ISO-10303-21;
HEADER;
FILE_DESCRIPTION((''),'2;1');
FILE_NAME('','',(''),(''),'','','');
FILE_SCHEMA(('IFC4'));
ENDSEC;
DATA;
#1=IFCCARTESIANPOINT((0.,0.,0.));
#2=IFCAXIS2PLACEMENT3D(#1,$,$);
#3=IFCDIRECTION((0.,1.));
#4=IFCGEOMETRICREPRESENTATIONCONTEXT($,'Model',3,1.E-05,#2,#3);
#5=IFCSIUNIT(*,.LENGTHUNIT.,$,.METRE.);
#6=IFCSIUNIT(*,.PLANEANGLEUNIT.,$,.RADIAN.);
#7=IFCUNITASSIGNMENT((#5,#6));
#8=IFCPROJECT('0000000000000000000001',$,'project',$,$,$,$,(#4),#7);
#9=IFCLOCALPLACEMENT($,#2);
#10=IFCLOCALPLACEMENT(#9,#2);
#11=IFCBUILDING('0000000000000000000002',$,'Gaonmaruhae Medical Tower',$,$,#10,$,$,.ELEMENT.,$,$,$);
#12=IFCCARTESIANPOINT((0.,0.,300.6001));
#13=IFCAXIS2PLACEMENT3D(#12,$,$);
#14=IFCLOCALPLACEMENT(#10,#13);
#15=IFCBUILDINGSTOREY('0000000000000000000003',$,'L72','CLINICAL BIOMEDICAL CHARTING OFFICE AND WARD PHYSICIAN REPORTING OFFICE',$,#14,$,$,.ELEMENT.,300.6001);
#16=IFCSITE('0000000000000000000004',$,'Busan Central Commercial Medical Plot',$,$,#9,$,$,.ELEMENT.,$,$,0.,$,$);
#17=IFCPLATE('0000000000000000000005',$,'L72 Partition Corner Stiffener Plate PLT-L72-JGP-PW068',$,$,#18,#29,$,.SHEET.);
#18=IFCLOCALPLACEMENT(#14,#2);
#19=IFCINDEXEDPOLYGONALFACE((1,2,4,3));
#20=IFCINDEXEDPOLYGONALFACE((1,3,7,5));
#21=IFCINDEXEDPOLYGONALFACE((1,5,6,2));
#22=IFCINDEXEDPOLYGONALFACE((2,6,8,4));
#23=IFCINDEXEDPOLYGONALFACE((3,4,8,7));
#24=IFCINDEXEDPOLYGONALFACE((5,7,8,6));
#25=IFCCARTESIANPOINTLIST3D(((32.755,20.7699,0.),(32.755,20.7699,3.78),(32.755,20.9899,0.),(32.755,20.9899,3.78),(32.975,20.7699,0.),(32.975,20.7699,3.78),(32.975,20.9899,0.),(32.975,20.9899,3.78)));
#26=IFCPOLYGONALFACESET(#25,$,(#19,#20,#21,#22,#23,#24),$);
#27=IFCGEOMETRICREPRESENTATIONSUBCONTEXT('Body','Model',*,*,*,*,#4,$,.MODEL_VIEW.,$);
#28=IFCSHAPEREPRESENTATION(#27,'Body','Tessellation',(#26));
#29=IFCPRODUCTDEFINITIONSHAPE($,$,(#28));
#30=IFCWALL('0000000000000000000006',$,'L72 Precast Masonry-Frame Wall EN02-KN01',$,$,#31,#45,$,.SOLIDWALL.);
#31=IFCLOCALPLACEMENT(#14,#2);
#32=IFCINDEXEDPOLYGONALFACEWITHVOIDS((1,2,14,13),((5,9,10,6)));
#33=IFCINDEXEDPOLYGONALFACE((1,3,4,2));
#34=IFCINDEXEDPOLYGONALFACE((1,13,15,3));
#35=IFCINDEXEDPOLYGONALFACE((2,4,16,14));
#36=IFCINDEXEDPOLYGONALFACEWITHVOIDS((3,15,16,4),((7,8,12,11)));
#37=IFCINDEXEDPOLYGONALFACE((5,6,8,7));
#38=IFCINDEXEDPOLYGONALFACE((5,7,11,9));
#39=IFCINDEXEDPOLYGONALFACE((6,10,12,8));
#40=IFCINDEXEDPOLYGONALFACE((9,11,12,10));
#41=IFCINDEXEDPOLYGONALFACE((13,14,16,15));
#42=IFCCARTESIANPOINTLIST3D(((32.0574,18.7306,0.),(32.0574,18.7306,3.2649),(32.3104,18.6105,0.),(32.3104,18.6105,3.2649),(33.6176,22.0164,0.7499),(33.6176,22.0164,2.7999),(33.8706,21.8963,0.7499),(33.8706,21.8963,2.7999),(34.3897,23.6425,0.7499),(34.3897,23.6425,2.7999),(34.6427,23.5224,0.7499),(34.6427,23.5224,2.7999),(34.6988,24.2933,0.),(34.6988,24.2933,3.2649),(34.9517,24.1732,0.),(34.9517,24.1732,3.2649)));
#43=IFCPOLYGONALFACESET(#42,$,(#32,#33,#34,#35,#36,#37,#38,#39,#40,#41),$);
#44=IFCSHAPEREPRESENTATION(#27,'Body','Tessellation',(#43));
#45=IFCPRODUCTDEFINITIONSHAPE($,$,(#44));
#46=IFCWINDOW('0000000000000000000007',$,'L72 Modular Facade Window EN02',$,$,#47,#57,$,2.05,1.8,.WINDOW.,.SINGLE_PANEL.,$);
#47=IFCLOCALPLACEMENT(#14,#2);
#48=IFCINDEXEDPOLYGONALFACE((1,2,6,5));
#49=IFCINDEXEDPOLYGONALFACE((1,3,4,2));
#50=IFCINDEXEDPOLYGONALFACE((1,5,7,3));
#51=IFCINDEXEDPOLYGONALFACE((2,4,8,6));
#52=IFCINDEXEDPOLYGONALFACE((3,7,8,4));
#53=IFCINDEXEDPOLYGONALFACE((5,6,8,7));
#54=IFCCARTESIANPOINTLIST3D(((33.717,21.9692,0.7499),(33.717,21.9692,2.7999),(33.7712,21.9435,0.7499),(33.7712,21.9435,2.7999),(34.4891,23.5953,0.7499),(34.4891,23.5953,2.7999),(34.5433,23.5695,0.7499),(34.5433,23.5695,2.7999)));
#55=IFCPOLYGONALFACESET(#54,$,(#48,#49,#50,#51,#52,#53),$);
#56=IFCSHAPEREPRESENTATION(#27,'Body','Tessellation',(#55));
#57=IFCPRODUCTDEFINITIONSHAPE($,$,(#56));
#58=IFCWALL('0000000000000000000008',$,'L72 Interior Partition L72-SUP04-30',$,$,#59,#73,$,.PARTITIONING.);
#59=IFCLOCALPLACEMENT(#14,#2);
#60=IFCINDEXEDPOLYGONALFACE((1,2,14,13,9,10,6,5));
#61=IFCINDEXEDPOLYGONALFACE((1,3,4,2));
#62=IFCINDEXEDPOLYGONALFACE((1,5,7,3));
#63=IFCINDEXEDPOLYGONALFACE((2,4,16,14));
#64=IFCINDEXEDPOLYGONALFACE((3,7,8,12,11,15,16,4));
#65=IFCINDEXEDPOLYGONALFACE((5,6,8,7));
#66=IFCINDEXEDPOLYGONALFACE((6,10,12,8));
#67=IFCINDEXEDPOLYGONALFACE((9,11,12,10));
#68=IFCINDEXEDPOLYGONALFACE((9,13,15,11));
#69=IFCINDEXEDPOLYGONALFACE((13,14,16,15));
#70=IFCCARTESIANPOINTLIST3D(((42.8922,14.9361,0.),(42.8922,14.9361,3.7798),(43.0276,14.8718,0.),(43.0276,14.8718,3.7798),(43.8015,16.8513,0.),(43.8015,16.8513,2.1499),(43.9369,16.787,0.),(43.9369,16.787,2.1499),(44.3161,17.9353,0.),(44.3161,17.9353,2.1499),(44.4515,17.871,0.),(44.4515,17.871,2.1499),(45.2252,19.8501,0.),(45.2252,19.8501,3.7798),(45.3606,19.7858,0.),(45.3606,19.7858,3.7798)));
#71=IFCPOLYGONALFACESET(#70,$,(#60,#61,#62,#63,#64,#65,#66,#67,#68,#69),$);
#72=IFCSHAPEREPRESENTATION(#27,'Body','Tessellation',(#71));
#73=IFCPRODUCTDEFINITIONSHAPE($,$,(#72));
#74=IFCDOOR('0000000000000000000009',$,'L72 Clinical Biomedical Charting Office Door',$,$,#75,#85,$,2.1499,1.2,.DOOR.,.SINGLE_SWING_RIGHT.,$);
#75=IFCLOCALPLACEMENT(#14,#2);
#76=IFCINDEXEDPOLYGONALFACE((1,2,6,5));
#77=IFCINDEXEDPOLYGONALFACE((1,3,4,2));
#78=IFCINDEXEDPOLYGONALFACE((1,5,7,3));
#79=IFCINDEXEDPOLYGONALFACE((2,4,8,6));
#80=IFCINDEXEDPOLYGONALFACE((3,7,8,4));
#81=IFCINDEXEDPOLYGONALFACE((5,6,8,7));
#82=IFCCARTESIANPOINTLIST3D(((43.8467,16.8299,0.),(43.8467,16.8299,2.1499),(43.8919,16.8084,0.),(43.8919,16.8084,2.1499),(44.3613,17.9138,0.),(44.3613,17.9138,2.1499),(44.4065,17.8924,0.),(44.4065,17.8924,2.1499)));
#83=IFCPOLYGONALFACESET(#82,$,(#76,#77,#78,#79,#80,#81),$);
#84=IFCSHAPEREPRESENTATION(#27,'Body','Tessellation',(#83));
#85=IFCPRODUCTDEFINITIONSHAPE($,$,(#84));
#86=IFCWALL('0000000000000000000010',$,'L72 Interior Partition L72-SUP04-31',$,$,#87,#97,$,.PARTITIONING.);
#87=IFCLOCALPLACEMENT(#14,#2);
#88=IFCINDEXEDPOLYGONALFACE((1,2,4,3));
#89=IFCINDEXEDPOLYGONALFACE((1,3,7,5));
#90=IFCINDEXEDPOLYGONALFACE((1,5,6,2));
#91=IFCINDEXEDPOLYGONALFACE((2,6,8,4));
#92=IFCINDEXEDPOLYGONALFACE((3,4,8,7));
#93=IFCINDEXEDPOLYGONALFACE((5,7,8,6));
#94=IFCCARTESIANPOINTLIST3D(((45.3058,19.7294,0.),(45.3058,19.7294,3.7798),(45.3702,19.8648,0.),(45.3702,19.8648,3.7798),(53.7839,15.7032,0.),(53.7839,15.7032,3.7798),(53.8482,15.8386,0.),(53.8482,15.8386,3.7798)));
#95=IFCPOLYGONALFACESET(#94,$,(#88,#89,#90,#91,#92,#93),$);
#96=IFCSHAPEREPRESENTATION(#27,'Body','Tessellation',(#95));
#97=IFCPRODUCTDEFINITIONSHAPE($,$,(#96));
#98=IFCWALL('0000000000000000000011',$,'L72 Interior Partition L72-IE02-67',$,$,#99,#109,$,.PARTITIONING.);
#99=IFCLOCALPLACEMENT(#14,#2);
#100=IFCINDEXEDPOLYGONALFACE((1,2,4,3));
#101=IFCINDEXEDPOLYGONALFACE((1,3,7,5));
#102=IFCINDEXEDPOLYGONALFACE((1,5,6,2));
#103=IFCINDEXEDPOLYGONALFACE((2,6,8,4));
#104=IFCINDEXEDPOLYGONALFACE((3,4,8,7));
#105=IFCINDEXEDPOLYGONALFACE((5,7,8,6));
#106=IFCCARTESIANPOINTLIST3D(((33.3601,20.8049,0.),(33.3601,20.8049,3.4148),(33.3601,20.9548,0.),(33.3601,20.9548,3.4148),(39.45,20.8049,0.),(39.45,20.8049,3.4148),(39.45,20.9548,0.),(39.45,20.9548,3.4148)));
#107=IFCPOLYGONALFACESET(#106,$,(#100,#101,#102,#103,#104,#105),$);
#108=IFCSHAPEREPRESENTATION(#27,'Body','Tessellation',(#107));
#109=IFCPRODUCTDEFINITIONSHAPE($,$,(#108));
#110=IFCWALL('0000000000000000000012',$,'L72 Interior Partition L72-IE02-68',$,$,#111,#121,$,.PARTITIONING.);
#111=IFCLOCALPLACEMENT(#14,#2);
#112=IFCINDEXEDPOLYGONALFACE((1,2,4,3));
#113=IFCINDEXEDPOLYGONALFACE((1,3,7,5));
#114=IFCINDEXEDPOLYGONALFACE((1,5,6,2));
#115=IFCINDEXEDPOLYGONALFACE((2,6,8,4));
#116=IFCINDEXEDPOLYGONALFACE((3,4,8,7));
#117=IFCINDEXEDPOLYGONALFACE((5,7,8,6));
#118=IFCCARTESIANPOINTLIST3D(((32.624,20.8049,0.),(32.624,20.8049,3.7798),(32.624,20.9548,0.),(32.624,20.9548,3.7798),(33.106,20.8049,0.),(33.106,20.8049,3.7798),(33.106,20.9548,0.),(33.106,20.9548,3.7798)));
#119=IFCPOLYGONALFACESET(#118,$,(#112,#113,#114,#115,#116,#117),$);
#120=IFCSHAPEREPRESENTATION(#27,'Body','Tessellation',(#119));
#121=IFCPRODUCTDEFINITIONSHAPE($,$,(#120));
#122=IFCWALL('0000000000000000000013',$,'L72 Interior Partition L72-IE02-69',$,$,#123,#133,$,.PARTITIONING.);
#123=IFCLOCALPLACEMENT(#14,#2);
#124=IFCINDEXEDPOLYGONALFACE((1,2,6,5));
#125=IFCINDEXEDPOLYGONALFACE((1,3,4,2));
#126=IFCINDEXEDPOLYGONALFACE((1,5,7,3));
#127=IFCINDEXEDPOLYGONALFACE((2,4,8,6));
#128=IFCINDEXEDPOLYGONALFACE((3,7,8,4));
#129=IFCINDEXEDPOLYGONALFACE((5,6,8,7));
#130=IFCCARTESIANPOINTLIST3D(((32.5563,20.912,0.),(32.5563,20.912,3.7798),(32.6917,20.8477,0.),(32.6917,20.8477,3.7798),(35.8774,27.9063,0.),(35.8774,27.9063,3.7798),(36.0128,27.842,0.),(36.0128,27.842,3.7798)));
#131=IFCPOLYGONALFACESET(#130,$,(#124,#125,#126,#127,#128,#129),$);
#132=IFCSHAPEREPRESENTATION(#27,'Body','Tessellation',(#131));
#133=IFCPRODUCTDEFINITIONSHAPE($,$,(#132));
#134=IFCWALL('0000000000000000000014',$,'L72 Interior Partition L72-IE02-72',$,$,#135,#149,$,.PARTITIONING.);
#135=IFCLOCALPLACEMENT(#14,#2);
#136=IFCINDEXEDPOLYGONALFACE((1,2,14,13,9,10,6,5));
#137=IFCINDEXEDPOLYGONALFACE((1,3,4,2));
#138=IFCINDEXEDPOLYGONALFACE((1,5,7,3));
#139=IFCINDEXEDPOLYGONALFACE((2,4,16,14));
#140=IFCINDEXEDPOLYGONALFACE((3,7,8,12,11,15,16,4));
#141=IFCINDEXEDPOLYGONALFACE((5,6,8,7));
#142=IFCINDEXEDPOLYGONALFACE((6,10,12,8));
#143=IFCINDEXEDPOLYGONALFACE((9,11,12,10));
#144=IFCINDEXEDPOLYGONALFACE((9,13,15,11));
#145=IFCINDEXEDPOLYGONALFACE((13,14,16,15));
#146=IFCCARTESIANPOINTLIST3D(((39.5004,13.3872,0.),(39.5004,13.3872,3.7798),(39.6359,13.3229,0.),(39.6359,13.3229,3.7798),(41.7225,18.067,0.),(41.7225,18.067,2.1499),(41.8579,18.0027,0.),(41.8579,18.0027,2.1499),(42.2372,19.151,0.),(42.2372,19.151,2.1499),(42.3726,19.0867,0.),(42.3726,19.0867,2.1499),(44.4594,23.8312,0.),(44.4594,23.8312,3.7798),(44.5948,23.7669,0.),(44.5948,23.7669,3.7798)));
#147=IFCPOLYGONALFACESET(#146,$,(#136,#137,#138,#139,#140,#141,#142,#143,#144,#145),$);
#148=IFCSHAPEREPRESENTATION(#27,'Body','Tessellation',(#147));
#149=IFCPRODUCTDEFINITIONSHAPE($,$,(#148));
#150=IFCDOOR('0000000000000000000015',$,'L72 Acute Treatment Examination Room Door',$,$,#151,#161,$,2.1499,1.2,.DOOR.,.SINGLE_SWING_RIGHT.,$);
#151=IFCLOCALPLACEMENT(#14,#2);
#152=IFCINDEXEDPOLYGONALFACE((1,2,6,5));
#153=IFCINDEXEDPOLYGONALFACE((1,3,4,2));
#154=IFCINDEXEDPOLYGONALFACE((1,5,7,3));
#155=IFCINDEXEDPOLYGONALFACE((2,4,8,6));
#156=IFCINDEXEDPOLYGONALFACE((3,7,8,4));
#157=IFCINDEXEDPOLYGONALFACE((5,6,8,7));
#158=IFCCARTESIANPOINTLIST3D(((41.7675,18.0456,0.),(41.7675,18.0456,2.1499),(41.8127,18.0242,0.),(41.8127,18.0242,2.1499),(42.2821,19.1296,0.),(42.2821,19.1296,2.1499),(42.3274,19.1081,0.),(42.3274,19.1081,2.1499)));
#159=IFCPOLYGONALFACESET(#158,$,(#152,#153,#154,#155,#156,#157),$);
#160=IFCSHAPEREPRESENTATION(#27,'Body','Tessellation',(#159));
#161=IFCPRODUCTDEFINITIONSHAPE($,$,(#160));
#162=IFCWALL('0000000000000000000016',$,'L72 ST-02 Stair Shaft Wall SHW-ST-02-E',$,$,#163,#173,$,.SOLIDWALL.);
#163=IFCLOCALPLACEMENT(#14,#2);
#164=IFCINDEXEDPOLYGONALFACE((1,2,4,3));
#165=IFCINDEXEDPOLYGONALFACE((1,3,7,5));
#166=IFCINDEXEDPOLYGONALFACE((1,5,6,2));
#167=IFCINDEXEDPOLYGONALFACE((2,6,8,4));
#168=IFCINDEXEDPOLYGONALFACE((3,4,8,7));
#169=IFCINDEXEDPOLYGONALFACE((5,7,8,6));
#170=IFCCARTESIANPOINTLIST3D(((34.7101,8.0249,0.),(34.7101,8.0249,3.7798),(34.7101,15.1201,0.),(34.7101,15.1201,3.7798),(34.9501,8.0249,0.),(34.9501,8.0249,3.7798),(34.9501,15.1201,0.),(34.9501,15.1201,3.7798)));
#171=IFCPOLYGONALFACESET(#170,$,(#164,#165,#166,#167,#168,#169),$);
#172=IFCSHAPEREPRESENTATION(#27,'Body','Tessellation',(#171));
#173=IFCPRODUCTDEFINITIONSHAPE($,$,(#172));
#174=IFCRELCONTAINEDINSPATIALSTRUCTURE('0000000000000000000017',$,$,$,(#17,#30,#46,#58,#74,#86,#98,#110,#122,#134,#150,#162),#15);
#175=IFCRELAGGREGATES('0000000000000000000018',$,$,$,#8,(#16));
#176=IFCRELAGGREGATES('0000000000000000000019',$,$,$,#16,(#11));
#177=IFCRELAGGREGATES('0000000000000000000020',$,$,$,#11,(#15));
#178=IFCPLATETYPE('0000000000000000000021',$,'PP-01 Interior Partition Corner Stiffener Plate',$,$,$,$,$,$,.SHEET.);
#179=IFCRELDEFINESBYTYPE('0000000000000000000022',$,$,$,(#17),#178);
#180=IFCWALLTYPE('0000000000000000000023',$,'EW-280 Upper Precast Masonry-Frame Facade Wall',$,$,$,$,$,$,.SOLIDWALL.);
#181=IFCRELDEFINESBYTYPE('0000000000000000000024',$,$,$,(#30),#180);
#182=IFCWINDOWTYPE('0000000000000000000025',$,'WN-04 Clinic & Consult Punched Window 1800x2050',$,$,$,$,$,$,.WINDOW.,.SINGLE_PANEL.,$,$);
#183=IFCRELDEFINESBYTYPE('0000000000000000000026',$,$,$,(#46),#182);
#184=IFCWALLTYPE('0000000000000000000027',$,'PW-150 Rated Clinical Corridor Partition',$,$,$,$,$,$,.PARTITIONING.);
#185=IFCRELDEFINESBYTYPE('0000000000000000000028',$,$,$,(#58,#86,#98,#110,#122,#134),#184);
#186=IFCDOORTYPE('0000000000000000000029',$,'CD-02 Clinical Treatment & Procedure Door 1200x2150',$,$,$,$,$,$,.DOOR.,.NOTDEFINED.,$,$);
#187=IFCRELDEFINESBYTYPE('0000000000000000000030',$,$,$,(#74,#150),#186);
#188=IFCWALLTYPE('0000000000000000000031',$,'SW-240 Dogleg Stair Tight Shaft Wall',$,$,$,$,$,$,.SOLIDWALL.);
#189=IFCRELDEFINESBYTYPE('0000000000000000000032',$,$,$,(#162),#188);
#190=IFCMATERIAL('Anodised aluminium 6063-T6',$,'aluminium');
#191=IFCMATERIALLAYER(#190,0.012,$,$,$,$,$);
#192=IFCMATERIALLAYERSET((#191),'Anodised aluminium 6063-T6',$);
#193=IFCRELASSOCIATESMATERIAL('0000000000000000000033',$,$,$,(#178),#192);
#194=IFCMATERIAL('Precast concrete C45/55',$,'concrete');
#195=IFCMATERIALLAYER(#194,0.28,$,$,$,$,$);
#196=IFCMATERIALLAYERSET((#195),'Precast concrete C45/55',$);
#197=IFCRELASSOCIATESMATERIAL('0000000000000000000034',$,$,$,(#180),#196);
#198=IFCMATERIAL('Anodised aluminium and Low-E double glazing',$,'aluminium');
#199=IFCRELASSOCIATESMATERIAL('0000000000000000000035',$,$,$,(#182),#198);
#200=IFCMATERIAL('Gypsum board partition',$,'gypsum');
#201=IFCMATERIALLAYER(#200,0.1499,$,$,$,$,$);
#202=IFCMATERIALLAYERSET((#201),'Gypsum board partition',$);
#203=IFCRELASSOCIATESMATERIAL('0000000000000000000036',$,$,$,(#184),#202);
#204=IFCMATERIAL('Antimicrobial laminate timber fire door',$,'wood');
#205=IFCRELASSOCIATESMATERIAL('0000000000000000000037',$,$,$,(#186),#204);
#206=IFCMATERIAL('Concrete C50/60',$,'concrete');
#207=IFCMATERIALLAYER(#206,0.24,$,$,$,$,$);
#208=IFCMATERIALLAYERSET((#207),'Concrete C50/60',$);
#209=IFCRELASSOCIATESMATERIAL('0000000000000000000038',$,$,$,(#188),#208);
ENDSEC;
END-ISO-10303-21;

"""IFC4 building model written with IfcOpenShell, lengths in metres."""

from ifc_helpers import new_model, si_unit, direction, frame, frame_2d, origin, origin_2d, place, context, subcontext, project, spatial, rectangle, extrude, material, layer, layer_set, type_object, element, fill, save


model = new_model("IFC4")

# Units and contexts
model_context = context("Model", 3, precision=1e-05, world=origin(), true_north=direction((0.0, 1.0)))
body_context = subcontext(model_context, "Body", "Model", "MODEL_VIEW")
ifc_project = project(units=[si_unit("LENGTHUNIT", "METRE"), si_unit("PLANEANGLEUNIT", "RADIAN")], contexts=[model_context])

# Site, building, storey
site_placement = place(None, origin())
site = spatial("IfcSite", under=ifc_project, at=site_placement, Name="Busan Central Commercial Medical Plot", CompositionType="ELEMENT", RefElevation=0.0)
building_placement = place(site_placement, origin())
building = spatial("IfcBuilding", under=site, at=building_placement, Name="Gaonmaruhae Medical Tower", CompositionType="ELEMENT")
storey_placement = place(building_placement, frame((0.0, 0.0, 300.6001)))
storey = spatial("IfcBuildingStorey", under=building, at=storey_placement, Name="L72", Description="CLINICAL BIOMEDICAL CHARTING OFFICE AND WARD PHYSICIAN REPORTING OFFICE", CompositionType="ELEMENT", Elevation=300.6001)

# Shared definitions
ifc_material_1 = material(Name="Concrete C50/60", Category="concrete")

# Plate
ifc_material_2 = material(Name="Anodised aluminium 6063-T6", Category="aluminium")
ifc_layer_1 = layer(ifc_material_2, 0.012)
ifc_layer_set_1 = layer_set([ifc_layer_1], Name="Anodised aluminium 6063-T6")
plate_type = type_object("IfcPlateType", Name="PP-01 Interior Partition Corner Stiffener Plate", PredefinedType="SHEET", material=ifc_layer_set_1)
plate_placement = place(storey_placement, frame((32.865, 20.8799, 0.0), z_axis=(0.0, 0.0, 1.0), x_axis=(-1.0, 0.0, 0.0)))
element("IfcPlate", 1, at=plate_placement, inside=storey, type_object=plate_type, Name="L72 Partition Corner Stiffener Plate PLT-L72-JGP-PW068", PredefinedType="SHEET", context=body_context, shape_type="SweptSolid", body=[
    extrude(rectangle(XDim=0.22, YDim=0.22, at=origin_2d()), origin(), (0.0, 0.0, 1.0), 3.78),
])

# Wall, opening, window
ifc_material_3 = material(Name="Precast concrete C45/55", Category="concrete")
ifc_layer_2 = layer(ifc_material_3, 0.28)
ifc_layer_set_2 = layer_set([ifc_layer_2], Name="Precast concrete C45/55")
wall_type_1 = type_object("IfcWallType", Name="EW-280 Upper Precast Masonry-Frame Facade Wall", PredefinedType="SOLIDWALL", material=ifc_layer_set_2)
wall_1_placement = place(storey_placement, frame((32.1838, 18.6704, 0.0), z_axis=(0.0, 0.0, 1.0), x_axis=(0.428931, 0.903337, 0.0)))
wall_1 = element("IfcWall", 2, at=wall_1_placement, inside=storey, type_object=wall_type_1, Name="L72 Precast Masonry-Frame Wall EN02-KN01", PredefinedType="SOLIDWALL", context=body_context, shape_type="SweptSolid", body=[
    extrude(rectangle(XDim=6.158, YDim=0.28, at=frame_2d((3.0791, 0.0))), origin(), (0.0, 0.0, 1.0), 3.2649),
])
opening_1_placement = place(wall_1_placement, frame((3.6377, 0.0, 0.75)))
opening_1 = element("IfcOpeningElement", 3, at=opening_1_placement, cuts=wall_1, PredefinedType="OPENING", context=body_context, shape_type="SweptSolid", body=[
    extrude(rectangle(XDim=1.8, YDim=2.05, at=frame_2d((0.8999, 1.0249))), frame((0.0, 0.1499, 0.0), z_axis=(0.0, -1.0, 0.0), x_axis=(1.0, 0.0, 0.0)), (0.0, 0.0, 1.0), 0.3),
])
ifc_material_4 = material(Name="Anodised aluminium and Low-E double glazing", Category="aluminium")
window_type = type_object("IfcWindowType", Name="WN-04 Clinic & Consult Punched Window 1800x2050", PartitioningType="SINGLE_PANEL", PredefinedType="WINDOW", material=ifc_material_4)
window_placement = place(opening_1_placement, origin())
window = element("IfcWindow", 4, at=window_placement, inside=storey, type_object=window_type, Name="L72 Modular Facade Window EN02", OverallHeight=2.05, OverallWidth=1.8, PartitioningType="SINGLE_PANEL", PredefinedType="WINDOW", context=body_context, shape_type="SweptSolid", body=[
    extrude(rectangle(XDim=1.8, YDim=2.05, at=frame_2d((0.8999, 1.0249))), frame((0.0, 0.03, 0.0), z_axis=(0.0, -1.0, 0.0), x_axis=(1.0, 0.0, 0.0)), (0.0, 0.0, 1.0), 0.0601),
])
fill(opening_1, window)

# Wall, opening, door
ifc_material_5 = material(Name="Gypsum board partition", Category="gypsum")
ifc_layer_3 = layer(ifc_material_5, 0.1499)
ifc_layer_set_3 = layer_set([ifc_layer_3], Name="Gypsum board partition")
wall_type_2 = type_object("IfcWallType", Name="PW-150 Rated Clinical Corridor Partition", PredefinedType="PARTITIONING", material=ifc_layer_set_3)
wall_2_placement = place(storey_placement, frame((42.96, 14.9041, 0.0), z_axis=(0.0, 0.0, 1.0), x_axis=(0.428881, 0.903361, 0.0)))
wall_2 = element("IfcWall", 5, at=wall_2_placement, inside=storey, type_object=wall_type_2, Name="L72 Interior Partition L72-SUP04-30", PredefinedType="PARTITIONING", context=body_context, shape_type="SweptSolid", body=[
    extrude(rectangle(XDim=5.4397, YDim=0.1499, at=frame_2d((2.7197, 0.0))), origin(), (0.0, 0.0, 1.0), 3.7798),
])
opening_2_placement = place(wall_2_placement, frame((2.1199, 0.0, 0.0)))
opening_2 = element("IfcOpeningElement", 6, at=opening_2_placement, cuts=wall_2, PredefinedType="OPENING", context=body_context, shape_type="SweptSolid", body=[
    extrude(rectangle(XDim=1.2, YDim=2.1499, at=frame_2d((0.6001, 1.075))), frame((0.0, 0.085, 0.0), z_axis=(0.0, -1.0, 0.0), x_axis=(1.0, 0.0, 0.0)), (0.0, 0.0, 1.0), 0.1699),
])
ifc_material_6 = material(Name="Antimicrobial laminate timber fire door", Category="wood")
door_type = type_object("IfcDoorType", Name="CD-02 Clinical Treatment & Procedure Door 1200x2150", OperationType="NOTDEFINED", PredefinedType="DOOR", material=ifc_material_6)
door_1_placement = place(opening_2_placement, origin())
door_1 = element("IfcDoor", 7, at=door_1_placement, inside=storey, type_object=door_type, Name="L72 Clinical Biomedical Charting Office Door", OperationType="SINGLE_SWING_RIGHT", OverallHeight=2.1499, OverallWidth=1.2, PredefinedType="DOOR", context=body_context, shape_type="SweptSolid", body=[
    extrude(rectangle(XDim=1.2, YDim=2.1499, at=frame_2d((0.6001, 1.075))), frame((0.0, 0.0249, 0.0), z_axis=(0.0, -1.0, 0.0), x_axis=(1.0, 0.0, 0.0)), (0.0, 0.0, 1.0), 0.05),
])
fill(opening_2, door_1)

# Walls
wall_3_placement = place(storey_placement, frame((45.3379, 19.7971, 0.0), z_axis=(0.0, 0.0, 1.0), x_axis=(0.903316, -0.428975, 0.0)))
element("IfcWall", 8, at=wall_3_placement, inside=storey, type_object=wall_type_2, Name="L72 Interior Partition L72-SUP04-31", PredefinedType="PARTITIONING", context=body_context, shape_type="SweptSolid", body=[
    extrude(rectangle(XDim=9.3855, YDim=0.1499, at=frame_2d((4.6929, 0.0))), origin(), (0.0, 0.0, 1.0), 3.7798),
])
wall_4_placement = place(storey_placement, frame((39.45, 20.8799, 0.0), z_axis=(0.0, 0.0, 1.0), x_axis=(-1.0, 0.0, 0.0)))
element("IfcWall", 9, at=wall_4_placement, inside=storey, type_object=wall_type_2, Name="L72 Interior Partition L72-IE02-67", PredefinedType="PARTITIONING", context=body_context, shape_type="SweptSolid", body=[
    extrude(rectangle(XDim=6.0898, YDim=0.1499, at=frame_2d((3.0449, 0.0))), origin(), (0.0, 0.0, 1.0), 3.4148),
])
wall_5_placement = place(storey_placement, frame((33.106, 20.8799, 0.0), z_axis=(0.0, 0.0, 1.0), x_axis=(-1.0, 0.0, 0.0)))
element("IfcWall", 10, at=wall_5_placement, inside=storey, type_object=wall_type_2, Name="L72 Interior Partition L72-IE02-68", PredefinedType="PARTITIONING", context=body_context, shape_type="SweptSolid", body=[
    extrude(rectangle(XDim=0.4819, YDim=0.1499, at=frame_2d((0.241, 0.0))), origin(), (0.0, 0.0, 1.0), 3.7798),
])
wall_6_placement = place(storey_placement, frame((32.624, 20.8799, 0.0), z_axis=(0.0, 0.0, 1.0), x_axis=(0.428933, 0.903336, 0.0)))
element("IfcWall", 11, at=wall_6_placement, inside=storey, type_object=wall_type_2, Name="L72 Interior Partition L72-IE02-69", PredefinedType="PARTITIONING", context=body_context, shape_type="SweptSolid", body=[
    extrude(rectangle(XDim=7.7427, YDim=0.1499, at=frame_2d((3.8713, 0.0))), origin(), (0.0, 0.0, 1.0), 3.7798),
])

# Wall, opening, door
wall_7_placement = place(storey_placement, frame((44.5271, 23.7991, 0.0), z_axis=(0.0, 0.0, 1.0), x_axis=(-0.428919, -0.903343, 0.0)))
wall_7 = element("IfcWall", 12, at=wall_7_placement, inside=storey, type_object=wall_type_2, Name="L72 Interior Partition L72-IE02-72", PredefinedType="PARTITIONING", context=body_context, shape_type="SweptSolid", body=[
    extrude(rectangle(XDim=11.5615, YDim=0.1499, at=frame_2d((5.7808, 0.0))), origin(), (0.0, 0.0, 1.0), 3.7798),
])
opening_3_placement = place(wall_7_placement, frame((5.1809, 0.0, 0.0)))
opening_3 = element("IfcOpeningElement", 13, at=opening_3_placement, cuts=wall_7, PredefinedType="OPENING", context=body_context, shape_type="SweptSolid", body=[
    extrude(rectangle(XDim=1.2, YDim=2.1499, at=frame_2d((0.6001, 1.075))), frame((0.0, 0.085, 0.0), z_axis=(0.0, -1.0, 0.0), x_axis=(1.0, 0.0, 0.0)), (0.0, 0.0, 1.0), 0.1699),
])
door_2_placement = place(opening_3_placement, origin())
door_2 = element("IfcDoor", 14, at=door_2_placement, inside=storey, type_object=door_type, Name="L72 Acute Treatment Examination Room Door", OperationType="SINGLE_SWING_RIGHT", OverallHeight=2.1499, OverallWidth=1.2, PredefinedType="DOOR", context=body_context, shape_type="SweptSolid", body=[
    extrude(rectangle(XDim=1.2, YDim=2.1499, at=frame_2d((0.6001, 1.075))), frame((0.0, 0.0249, 0.0), z_axis=(0.0, -1.0, 0.0), x_axis=(1.0, 0.0, 0.0)), (0.0, 0.0, 1.0), 0.05),
])
fill(opening_3, door_2)

# Wall
ifc_layer_4 = layer(ifc_material_1, 0.24)
ifc_layer_set_4 = layer_set([ifc_layer_4], Name="Concrete C50/60")
wall_type_3 = type_object("IfcWallType", Name="SW-240 Dogleg Stair Tight Shaft Wall", PredefinedType="SOLIDWALL", material=ifc_layer_set_4)
wall_8_placement = place(storey_placement, frame((34.8301, 15.1201, 0.0), z_axis=(0.0, 0.0, 1.0), x_axis=(0.0, -1.0, 0.0)))
element("IfcWall", 15, at=wall_8_placement, inside=storey, type_object=wall_type_3, Name="L72 ST-02 Stair Shaft Wall SHW-ST-02-E", PredefinedType="SOLIDWALL", context=body_context, shape_type="SweptSolid", body=[
    extrude(rectangle(XDim=7.0952, YDim=0.24, at=frame_2d((3.5476, 0.0))), origin(), (0.0, 0.0, 1.0), 3.7798),
])

save(model, "model.ifc")
